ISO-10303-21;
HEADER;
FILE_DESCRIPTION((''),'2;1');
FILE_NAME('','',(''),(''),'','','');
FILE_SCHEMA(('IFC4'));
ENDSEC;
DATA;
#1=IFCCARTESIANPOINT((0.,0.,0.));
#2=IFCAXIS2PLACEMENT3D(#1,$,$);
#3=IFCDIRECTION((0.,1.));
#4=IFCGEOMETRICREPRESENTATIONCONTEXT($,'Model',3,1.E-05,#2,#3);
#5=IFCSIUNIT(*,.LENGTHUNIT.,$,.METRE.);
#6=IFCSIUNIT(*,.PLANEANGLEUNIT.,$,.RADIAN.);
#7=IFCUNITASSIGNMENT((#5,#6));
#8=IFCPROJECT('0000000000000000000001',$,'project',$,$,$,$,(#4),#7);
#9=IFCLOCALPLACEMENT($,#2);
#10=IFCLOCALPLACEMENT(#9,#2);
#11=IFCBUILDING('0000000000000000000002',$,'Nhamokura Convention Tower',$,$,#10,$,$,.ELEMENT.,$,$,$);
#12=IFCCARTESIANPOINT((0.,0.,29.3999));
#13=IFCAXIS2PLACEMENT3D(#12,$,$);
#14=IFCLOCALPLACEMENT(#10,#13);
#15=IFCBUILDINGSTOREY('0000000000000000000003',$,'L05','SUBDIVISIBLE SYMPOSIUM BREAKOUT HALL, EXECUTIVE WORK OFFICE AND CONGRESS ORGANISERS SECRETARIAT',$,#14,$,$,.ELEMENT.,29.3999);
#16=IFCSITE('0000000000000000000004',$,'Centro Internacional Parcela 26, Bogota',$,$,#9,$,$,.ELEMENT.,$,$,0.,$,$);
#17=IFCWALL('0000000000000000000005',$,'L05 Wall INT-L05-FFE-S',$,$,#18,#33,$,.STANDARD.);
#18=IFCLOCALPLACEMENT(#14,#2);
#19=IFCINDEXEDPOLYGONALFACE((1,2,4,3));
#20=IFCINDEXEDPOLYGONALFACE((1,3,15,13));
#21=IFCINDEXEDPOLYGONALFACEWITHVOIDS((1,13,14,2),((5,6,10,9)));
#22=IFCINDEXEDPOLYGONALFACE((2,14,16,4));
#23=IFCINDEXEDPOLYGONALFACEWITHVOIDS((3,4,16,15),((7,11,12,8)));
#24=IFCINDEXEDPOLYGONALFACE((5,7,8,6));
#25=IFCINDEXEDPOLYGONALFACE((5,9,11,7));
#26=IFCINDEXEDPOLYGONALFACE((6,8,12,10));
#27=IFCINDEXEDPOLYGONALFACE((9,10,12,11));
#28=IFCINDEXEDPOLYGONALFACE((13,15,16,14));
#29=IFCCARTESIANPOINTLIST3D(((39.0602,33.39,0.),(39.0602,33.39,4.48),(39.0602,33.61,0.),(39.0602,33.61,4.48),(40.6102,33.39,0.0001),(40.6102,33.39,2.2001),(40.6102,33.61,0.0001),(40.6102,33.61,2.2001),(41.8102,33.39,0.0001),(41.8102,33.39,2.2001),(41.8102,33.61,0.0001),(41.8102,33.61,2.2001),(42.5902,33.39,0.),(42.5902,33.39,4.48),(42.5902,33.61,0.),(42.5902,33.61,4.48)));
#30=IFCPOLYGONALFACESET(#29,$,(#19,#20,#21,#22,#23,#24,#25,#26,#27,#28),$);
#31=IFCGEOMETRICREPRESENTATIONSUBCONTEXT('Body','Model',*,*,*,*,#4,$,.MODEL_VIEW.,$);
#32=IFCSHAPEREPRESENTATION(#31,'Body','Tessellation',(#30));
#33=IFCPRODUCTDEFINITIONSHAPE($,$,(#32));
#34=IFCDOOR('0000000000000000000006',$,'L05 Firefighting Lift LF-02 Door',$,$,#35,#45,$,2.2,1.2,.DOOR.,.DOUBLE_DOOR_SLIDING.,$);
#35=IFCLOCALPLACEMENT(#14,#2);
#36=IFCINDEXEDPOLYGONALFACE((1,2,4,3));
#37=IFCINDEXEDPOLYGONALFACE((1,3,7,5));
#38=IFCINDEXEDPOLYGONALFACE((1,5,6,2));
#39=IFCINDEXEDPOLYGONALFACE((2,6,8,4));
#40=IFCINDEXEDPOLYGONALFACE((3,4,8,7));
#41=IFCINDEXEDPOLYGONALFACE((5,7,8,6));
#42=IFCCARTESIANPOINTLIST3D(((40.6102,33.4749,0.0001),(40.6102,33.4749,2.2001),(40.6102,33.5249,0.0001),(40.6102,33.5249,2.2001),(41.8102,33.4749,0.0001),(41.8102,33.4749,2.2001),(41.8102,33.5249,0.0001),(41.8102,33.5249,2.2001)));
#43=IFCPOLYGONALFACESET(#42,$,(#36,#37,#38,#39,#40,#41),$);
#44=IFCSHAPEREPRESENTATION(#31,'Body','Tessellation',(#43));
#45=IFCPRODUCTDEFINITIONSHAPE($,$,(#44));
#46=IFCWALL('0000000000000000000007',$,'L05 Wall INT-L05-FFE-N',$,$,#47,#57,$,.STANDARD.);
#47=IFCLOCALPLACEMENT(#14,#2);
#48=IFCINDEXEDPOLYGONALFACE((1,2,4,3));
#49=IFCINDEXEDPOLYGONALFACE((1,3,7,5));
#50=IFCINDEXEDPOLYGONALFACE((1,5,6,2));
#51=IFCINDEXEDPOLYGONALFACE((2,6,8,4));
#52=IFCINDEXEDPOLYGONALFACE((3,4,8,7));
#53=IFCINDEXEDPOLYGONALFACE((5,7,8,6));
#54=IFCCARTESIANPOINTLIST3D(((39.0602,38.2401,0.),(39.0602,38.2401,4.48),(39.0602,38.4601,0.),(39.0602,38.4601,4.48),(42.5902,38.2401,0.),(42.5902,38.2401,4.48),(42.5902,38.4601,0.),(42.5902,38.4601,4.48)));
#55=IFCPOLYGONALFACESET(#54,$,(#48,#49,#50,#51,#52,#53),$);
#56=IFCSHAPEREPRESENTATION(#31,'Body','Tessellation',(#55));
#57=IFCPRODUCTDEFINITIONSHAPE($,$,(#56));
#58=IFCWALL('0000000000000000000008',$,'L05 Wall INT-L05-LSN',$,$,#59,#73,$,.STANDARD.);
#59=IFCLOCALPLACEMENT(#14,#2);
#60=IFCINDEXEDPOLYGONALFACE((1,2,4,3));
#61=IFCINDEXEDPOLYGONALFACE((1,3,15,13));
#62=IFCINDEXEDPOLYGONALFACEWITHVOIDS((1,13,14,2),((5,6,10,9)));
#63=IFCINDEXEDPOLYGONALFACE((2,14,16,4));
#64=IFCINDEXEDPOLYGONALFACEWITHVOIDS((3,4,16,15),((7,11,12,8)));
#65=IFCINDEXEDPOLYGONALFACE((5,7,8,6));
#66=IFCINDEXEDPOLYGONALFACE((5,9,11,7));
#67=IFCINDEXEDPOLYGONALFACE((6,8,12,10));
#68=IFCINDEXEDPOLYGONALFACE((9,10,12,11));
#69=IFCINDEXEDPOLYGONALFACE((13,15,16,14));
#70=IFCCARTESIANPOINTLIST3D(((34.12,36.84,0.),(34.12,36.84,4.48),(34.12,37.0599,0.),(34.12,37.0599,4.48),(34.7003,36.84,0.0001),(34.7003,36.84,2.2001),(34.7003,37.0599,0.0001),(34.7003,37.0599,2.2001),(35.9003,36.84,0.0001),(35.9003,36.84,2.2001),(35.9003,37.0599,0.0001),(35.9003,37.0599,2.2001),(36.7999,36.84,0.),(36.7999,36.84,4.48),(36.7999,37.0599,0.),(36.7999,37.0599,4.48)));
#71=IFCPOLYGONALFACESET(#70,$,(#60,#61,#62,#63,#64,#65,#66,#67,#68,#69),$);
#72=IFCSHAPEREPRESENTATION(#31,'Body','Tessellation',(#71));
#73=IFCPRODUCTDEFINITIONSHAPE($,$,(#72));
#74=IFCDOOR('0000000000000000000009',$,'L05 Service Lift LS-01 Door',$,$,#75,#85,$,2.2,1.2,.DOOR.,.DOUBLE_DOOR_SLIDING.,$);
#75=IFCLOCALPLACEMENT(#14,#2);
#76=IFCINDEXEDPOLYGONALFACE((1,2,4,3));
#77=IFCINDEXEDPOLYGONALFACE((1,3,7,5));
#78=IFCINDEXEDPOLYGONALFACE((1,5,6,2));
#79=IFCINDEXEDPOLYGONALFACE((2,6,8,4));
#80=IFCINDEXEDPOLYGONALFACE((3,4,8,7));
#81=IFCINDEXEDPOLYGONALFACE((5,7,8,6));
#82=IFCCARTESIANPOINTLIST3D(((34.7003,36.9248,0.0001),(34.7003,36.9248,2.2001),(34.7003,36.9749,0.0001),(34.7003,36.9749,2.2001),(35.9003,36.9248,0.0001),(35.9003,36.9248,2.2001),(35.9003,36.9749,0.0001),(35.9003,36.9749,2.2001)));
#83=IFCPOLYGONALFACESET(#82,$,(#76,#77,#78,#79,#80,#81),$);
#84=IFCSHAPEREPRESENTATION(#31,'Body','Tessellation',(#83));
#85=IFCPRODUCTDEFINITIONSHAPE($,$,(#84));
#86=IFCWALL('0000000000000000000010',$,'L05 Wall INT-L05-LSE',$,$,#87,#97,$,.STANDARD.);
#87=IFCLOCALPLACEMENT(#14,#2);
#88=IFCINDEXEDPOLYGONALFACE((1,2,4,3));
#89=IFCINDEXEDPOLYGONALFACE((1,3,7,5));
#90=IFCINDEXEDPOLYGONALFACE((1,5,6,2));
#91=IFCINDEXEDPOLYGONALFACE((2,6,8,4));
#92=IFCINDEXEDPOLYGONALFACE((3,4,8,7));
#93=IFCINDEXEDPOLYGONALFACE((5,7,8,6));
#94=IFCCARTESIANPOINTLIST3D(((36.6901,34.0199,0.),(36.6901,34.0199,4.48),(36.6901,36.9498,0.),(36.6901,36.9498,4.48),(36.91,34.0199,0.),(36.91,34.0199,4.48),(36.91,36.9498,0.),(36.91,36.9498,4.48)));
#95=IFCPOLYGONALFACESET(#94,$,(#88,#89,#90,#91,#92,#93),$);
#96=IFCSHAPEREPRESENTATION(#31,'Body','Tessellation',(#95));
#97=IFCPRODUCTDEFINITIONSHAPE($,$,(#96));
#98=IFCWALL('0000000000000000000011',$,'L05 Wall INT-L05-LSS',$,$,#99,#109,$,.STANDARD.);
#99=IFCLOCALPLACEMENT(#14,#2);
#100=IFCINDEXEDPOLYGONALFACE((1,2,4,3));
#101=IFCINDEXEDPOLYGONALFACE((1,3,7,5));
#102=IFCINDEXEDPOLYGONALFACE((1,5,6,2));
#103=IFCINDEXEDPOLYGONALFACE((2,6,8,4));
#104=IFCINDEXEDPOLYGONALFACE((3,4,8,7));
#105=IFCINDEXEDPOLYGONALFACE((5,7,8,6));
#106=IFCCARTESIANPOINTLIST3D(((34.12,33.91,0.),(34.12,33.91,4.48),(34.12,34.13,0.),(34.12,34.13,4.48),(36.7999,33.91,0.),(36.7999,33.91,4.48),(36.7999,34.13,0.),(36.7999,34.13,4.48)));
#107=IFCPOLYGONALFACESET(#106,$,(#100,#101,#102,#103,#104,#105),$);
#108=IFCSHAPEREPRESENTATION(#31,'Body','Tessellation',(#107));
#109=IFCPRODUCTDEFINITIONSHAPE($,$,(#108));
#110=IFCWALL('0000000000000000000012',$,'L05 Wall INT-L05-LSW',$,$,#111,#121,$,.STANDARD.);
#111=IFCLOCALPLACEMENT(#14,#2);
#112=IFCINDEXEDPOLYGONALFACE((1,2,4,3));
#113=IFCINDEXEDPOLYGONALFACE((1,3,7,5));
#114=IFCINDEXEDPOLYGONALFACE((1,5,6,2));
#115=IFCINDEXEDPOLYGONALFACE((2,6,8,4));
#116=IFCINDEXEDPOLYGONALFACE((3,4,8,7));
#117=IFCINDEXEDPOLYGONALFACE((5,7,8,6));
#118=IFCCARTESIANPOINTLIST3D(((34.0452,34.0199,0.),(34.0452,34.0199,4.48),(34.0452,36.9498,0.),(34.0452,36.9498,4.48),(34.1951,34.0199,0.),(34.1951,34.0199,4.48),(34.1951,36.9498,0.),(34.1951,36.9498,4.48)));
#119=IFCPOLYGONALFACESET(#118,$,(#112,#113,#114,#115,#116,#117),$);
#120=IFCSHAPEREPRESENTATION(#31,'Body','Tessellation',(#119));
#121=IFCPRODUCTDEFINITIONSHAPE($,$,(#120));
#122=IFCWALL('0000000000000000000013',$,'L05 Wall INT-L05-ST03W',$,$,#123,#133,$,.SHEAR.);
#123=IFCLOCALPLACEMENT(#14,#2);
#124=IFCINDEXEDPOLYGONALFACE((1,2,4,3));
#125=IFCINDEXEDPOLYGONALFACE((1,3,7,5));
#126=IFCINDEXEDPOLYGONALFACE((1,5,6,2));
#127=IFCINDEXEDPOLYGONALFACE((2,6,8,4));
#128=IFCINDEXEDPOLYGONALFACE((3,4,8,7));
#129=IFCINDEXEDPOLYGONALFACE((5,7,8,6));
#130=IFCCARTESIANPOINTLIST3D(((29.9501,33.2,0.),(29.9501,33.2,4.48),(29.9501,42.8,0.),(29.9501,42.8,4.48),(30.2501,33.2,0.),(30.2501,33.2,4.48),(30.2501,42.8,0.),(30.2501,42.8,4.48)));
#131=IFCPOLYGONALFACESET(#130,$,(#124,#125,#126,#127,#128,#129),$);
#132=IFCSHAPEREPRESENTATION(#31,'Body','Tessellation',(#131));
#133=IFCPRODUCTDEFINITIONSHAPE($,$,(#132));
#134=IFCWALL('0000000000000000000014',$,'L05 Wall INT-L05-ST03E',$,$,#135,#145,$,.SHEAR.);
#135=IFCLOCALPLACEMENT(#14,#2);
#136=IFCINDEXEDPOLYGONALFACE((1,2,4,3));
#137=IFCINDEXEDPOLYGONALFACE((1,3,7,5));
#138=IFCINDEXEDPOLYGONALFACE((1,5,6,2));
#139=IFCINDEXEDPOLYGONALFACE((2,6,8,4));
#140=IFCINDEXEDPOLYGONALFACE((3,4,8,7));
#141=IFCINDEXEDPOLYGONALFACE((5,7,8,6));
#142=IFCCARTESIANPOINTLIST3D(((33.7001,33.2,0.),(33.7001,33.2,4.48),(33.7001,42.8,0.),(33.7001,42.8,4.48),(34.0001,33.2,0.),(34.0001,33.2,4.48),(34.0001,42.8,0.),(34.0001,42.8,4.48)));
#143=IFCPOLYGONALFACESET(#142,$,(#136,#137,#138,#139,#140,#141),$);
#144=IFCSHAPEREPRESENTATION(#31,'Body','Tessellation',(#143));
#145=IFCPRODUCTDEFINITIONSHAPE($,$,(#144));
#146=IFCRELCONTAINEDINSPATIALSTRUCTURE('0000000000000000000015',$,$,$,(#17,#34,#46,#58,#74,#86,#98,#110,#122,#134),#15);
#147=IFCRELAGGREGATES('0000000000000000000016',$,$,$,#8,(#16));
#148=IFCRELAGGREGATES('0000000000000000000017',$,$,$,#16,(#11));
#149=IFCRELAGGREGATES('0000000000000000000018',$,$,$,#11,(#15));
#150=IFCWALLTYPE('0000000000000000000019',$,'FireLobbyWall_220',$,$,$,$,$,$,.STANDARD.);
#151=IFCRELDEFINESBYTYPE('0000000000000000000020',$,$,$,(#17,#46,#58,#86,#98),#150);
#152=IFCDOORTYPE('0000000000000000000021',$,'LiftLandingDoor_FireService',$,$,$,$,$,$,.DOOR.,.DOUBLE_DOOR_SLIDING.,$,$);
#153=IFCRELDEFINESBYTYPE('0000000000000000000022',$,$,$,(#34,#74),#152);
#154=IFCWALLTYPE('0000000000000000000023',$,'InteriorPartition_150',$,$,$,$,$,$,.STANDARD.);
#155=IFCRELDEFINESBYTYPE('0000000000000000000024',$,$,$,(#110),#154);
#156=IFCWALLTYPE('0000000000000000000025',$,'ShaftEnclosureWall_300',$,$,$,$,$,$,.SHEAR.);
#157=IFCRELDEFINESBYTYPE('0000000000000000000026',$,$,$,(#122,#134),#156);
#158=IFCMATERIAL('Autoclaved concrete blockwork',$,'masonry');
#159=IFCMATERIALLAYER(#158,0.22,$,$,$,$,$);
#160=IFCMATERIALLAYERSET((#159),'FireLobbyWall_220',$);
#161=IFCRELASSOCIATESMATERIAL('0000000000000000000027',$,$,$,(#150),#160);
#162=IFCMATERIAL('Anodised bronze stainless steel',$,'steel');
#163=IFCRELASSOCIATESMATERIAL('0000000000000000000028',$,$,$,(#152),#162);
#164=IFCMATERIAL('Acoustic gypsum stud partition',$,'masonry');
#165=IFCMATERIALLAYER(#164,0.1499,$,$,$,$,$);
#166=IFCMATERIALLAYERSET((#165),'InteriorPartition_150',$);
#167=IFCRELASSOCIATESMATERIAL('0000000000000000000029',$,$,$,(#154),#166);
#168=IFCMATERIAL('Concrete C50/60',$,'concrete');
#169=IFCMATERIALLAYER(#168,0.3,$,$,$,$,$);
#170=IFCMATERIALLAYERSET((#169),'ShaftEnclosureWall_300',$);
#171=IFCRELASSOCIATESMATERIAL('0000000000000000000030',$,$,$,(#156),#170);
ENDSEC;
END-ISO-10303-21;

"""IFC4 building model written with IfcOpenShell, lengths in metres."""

from ifc_helpers import new_model, si_unit, direction, frame, frame_2d, origin, place, context, subcontext, project, spatial, rectangle, extrude, material, layer, layer_set, type_object, element, fill, save


model = new_model("IFC4")

# Units and contexts
model_context = context("Model", 3, precision=1e-05, world=origin(), true_north=direction((0.0, 1.0)))
body_context = subcontext(model_context, "Body", "Model", "MODEL_VIEW")
ifc_project = project(units=[si_unit("LENGTHUNIT", "METRE"), si_unit("PLANEANGLEUNIT", "RADIAN")], contexts=[model_context])

# Site, building, storey
site_placement = place(None, origin())
site = spatial("IfcSite", under=ifc_project, at=site_placement, Name="Centro Internacional Parcela 26, Bogota", CompositionType="ELEMENT", RefElevation=0.0)
building_placement = place(site_placement, origin())
building = spatial("IfcBuilding", under=site, at=building_placement, Name="Nhamokura Convention Tower", CompositionType="ELEMENT")
storey_placement = place(building_placement, frame((0.0, 0.0, 29.3999)))
storey = spatial("IfcBuildingStorey", under=building, at=storey_placement, Name="L05", Description="SUBDIVISIBLE SYMPOSIUM BREAKOUT HALL, EXECUTIVE WORK OFFICE AND CONGRESS ORGANISERS SECRETARIAT", CompositionType="ELEMENT", Elevation=29.3999)

# Wall, opening, door
ifc_material_1 = material(Name="Autoclaved concrete blockwork", Category="masonry")
ifc_layer_1 = layer(ifc_material_1, 0.22)
ifc_layer_set_1 = layer_set([ifc_layer_1], Name="FireLobbyWall_220")
wall_type_1 = type_object("IfcWallType", Name="FireLobbyWall_220", PredefinedType="STANDARD", material=ifc_layer_set_1)
wall_1_placement = place(storey_placement, frame((39.0601, 33.5, 0.0), z_axis=(0.0, 0.0, 1.0), x_axis=(1.0, 0.0, 0.0)))
wall_1 = element("IfcWall", 1, at=wall_1_placement, inside=storey, type_object=wall_type_1, Name="L05 Wall INT-L05-FFE-S", PredefinedType="STANDARD", context=body_context, shape_type="SweptSolid", body=[
    extrude(rectangle(XDim=3.53, YDim=0.22, at=frame_2d((1.7651, 0.0))), origin(), (0.0, 0.0, 1.0), 4.48),
])
opening_1_placement = place(wall_1_placement, frame((1.55, 0.0, 0.0)))
opening_1 = element("IfcOpeningElement", 2, at=opening_1_placement, cuts=wall_1, PredefinedType="OPENING", context=body_context, shape_type="SweptSolid", body=[
    extrude(rectangle(XDim=1.2, YDim=2.2, at=frame_2d((0.6001, 1.1001))), frame((0.0, 0.1199, 0.0), z_axis=(0.0, -1.0, 0.0), x_axis=(1.0, 0.0, 0.0)), (0.0, 0.0, 1.0), 0.24),
])
ifc_material_2 = material(Name="Anodised bronze stainless steel", Category="steel")
door_type_1 = type_object("IfcDoorType", Name="LiftLandingDoor_FireService", OperationType="DOUBLE_DOOR_SLIDING", PredefinedType="DOOR", material=ifc_material_2)
door_1_placement = place(opening_1_placement, origin())
door_1 = element("IfcDoor", 3, at=door_1_placement, inside=storey, type_object=door_type_1, Name="L05 Firefighting Lift LF-02 Door", OperationType="DOUBLE_DOOR_SLIDING", OverallHeight=2.2, OverallWidth=1.2, PredefinedType="DOOR", context=body_context, shape_type="SweptSolid", body=[
    extrude(rectangle(XDim=1.2, YDim=2.2, at=frame_2d((0.6001, 1.1001))), frame((0.0, 0.0249, 0.0), z_axis=(0.0, -1.0, 0.0), x_axis=(1.0, 0.0, 0.0)), (0.0, 0.0, 1.0), 0.05),
])
fill(opening_1, door_1)

# Wall
wall_2_placement = place(storey_placement, frame((39.0601, 38.3501, 0.0), z_axis=(0.0, 0.0, 1.0), x_axis=(1.0, 0.0, 0.0)))
element("IfcWall", 4, at=wall_2_placement, inside=storey, type_object=wall_type_1, Name="L05 Wall INT-L05-FFE-N", PredefinedType="STANDARD", context=body_context, shape_type="SweptSolid", body=[
    extrude(rectangle(XDim=3.53, YDim=0.22, at=frame_2d((1.7651, 0.0))), origin(), (0.0, 0.0, 1.0), 4.48),
])

# Wall, opening, door
wall_3_placement = place(storey_placement, frame((34.1201, 36.95, 0.0), z_axis=(0.0, 0.0, 1.0), x_axis=(1.0, 0.0, 0.0)))
wall_3 = element("IfcWall", 5, at=wall_3_placement, inside=storey, type_object=wall_type_1, Name="L05 Wall INT-L05-LSN", PredefinedType="STANDARD", context=body_context, shape_type="SweptSolid", body=[
    extrude(rectangle(XDim=2.6799, YDim=0.22, at=frame_2d((1.3398, 0.0))), origin(), (0.0, 0.0, 1.0), 4.48),
])
opening_2_placement = place(wall_3_placement, frame((0.5801, 0.0, 0.0)))
opening_2 = element("IfcOpeningElement", 6, at=opening_2_placement, cuts=wall_3, PredefinedType="OPENING", context=body_context, shape_type="SweptSolid", body=[
    extrude(rectangle(XDim=1.2, YDim=2.2, at=frame_2d((0.6001, 1.1001))), frame((0.0, 0.1199, 0.0), z_axis=(0.0, -1.0, 0.0), x_axis=(1.0, 0.0, 0.0)), (0.0, 0.0, 1.0), 0.24),
])
door_2_placement = place(opening_2_placement, origin())
door_2 = element("IfcDoor", 7, at=door_2_placement, inside=storey, type_object=door_type_1, Name="L05 Service Lift LS-01 Door", OperationType="DOUBLE_DOOR_SLIDING", OverallHeight=2.2, OverallWidth=1.2, PredefinedType="DOOR", context=body_context, shape_type="SweptSolid", body=[
    extrude(rectangle(XDim=1.2, YDim=2.2, at=frame_2d((0.6001, 1.1001))), frame((0.0, 0.0249, 0.0), z_axis=(0.0, -1.0, 0.0), x_axis=(1.0, 0.0, 0.0)), (0.0, 0.0, 1.0), 0.05),
])
fill(opening_2, door_2)

# Walls
wall_4_placement = place(storey_placement, frame((36.8, 34.02, 0.0), z_axis=(0.0, 0.0, 1.0), x_axis=(0.0, 1.0, 0.0)))
element("IfcWall", 8, at=wall_4_placement, inside=storey, type_object=wall_type_1, Name="L05 Wall INT-L05-LSE", PredefinedType="STANDARD", context=body_context, shape_type="SweptSolid", body=[
    extrude(rectangle(XDim=2.9299, YDim=0.22, at=frame_2d((1.4648, 0.0))), origin(), (0.0, 0.0, 1.0), 4.48),
])
wall_5_placement = place(storey_placement, frame((34.1201, 34.02, 0.0), z_axis=(0.0, 0.0, 1.0), x_axis=(1.0, 0.0, 0.0)))
element("IfcWall", 9, at=wall_5_placement, inside=storey, type_object=wall_type_1, Name="L05 Wall INT-L05-LSS", PredefinedType="STANDARD", context=body_context, shape_type="SweptSolid", body=[
    extrude(rectangle(XDim=2.6799, YDim=0.22, at=frame_2d((1.3398, 0.0))), origin(), (0.0, 0.0, 1.0), 4.48),
])
ifc_material_3 = material(Name="Acoustic gypsum stud partition", Category="masonry")
ifc_layer_2 = layer(ifc_material_3, 0.1499)
ifc_layer_set_2 = layer_set([ifc_layer_2], Name="InteriorPartition_150")
wall_type_2 = type_object("IfcWallType", Name="InteriorPartition_150", PredefinedType="STANDARD", material=ifc_layer_set_2)
wall_6_placement = place(storey_placement, frame((34.1201, 34.02, 0.0), z_axis=(0.0, 0.0, 1.0), x_axis=(0.0, 1.0, 0.0)))
element("IfcWall", 10, at=wall_6_placement, inside=storey, type_object=wall_type_2, Name="L05 Wall INT-L05-LSW", PredefinedType="STANDARD", context=body_context, shape_type="SweptSolid", body=[
    extrude(rectangle(XDim=2.9299, YDim=0.1499, at=frame_2d((1.4648, 0.0))), origin(), (0.0, 0.0, 1.0), 4.48),
])
ifc_material_4 = material(Name="Concrete C50/60", Category="concrete")
ifc_layer_3 = layer(ifc_material_4, 0.3)
ifc_layer_set_3 = layer_set([ifc_layer_3], Name="ShaftEnclosureWall_300")
wall_type_3 = type_object("IfcWallType", Name="ShaftEnclosureWall_300", PredefinedType="SHEAR", material=ifc_layer_set_3)
for number, where, z_axis, x_axis, name in (
    (11, (30.1001, 33.2, 0.0), (0.0, 0.0, 1.0), (0.0, 1.0, 0.0), "L05 Wall INT-L05-ST03W"),
    (12, (33.8501, 33.2, 0.0), (0.0, 0.0, 1.0), (0.0, 1.0, 0.0), "L05 Wall INT-L05-ST03E"),
):
    element("IfcWall", number, at=place(storey_placement, frame(where, z_axis=z_axis, x_axis=x_axis)), inside=storey, type_object=wall_type_3, Name=name, PredefinedType="SHEAR", context=body_context, shape_type="SweptSolid", body=[
        extrude(rectangle(XDim=9.6001, YDim=0.3, at=frame_2d((4.8, 0.0))), origin(), (0.0, 0.0, 1.0), 4.48),
    ])

save(model, "model.ifc")
